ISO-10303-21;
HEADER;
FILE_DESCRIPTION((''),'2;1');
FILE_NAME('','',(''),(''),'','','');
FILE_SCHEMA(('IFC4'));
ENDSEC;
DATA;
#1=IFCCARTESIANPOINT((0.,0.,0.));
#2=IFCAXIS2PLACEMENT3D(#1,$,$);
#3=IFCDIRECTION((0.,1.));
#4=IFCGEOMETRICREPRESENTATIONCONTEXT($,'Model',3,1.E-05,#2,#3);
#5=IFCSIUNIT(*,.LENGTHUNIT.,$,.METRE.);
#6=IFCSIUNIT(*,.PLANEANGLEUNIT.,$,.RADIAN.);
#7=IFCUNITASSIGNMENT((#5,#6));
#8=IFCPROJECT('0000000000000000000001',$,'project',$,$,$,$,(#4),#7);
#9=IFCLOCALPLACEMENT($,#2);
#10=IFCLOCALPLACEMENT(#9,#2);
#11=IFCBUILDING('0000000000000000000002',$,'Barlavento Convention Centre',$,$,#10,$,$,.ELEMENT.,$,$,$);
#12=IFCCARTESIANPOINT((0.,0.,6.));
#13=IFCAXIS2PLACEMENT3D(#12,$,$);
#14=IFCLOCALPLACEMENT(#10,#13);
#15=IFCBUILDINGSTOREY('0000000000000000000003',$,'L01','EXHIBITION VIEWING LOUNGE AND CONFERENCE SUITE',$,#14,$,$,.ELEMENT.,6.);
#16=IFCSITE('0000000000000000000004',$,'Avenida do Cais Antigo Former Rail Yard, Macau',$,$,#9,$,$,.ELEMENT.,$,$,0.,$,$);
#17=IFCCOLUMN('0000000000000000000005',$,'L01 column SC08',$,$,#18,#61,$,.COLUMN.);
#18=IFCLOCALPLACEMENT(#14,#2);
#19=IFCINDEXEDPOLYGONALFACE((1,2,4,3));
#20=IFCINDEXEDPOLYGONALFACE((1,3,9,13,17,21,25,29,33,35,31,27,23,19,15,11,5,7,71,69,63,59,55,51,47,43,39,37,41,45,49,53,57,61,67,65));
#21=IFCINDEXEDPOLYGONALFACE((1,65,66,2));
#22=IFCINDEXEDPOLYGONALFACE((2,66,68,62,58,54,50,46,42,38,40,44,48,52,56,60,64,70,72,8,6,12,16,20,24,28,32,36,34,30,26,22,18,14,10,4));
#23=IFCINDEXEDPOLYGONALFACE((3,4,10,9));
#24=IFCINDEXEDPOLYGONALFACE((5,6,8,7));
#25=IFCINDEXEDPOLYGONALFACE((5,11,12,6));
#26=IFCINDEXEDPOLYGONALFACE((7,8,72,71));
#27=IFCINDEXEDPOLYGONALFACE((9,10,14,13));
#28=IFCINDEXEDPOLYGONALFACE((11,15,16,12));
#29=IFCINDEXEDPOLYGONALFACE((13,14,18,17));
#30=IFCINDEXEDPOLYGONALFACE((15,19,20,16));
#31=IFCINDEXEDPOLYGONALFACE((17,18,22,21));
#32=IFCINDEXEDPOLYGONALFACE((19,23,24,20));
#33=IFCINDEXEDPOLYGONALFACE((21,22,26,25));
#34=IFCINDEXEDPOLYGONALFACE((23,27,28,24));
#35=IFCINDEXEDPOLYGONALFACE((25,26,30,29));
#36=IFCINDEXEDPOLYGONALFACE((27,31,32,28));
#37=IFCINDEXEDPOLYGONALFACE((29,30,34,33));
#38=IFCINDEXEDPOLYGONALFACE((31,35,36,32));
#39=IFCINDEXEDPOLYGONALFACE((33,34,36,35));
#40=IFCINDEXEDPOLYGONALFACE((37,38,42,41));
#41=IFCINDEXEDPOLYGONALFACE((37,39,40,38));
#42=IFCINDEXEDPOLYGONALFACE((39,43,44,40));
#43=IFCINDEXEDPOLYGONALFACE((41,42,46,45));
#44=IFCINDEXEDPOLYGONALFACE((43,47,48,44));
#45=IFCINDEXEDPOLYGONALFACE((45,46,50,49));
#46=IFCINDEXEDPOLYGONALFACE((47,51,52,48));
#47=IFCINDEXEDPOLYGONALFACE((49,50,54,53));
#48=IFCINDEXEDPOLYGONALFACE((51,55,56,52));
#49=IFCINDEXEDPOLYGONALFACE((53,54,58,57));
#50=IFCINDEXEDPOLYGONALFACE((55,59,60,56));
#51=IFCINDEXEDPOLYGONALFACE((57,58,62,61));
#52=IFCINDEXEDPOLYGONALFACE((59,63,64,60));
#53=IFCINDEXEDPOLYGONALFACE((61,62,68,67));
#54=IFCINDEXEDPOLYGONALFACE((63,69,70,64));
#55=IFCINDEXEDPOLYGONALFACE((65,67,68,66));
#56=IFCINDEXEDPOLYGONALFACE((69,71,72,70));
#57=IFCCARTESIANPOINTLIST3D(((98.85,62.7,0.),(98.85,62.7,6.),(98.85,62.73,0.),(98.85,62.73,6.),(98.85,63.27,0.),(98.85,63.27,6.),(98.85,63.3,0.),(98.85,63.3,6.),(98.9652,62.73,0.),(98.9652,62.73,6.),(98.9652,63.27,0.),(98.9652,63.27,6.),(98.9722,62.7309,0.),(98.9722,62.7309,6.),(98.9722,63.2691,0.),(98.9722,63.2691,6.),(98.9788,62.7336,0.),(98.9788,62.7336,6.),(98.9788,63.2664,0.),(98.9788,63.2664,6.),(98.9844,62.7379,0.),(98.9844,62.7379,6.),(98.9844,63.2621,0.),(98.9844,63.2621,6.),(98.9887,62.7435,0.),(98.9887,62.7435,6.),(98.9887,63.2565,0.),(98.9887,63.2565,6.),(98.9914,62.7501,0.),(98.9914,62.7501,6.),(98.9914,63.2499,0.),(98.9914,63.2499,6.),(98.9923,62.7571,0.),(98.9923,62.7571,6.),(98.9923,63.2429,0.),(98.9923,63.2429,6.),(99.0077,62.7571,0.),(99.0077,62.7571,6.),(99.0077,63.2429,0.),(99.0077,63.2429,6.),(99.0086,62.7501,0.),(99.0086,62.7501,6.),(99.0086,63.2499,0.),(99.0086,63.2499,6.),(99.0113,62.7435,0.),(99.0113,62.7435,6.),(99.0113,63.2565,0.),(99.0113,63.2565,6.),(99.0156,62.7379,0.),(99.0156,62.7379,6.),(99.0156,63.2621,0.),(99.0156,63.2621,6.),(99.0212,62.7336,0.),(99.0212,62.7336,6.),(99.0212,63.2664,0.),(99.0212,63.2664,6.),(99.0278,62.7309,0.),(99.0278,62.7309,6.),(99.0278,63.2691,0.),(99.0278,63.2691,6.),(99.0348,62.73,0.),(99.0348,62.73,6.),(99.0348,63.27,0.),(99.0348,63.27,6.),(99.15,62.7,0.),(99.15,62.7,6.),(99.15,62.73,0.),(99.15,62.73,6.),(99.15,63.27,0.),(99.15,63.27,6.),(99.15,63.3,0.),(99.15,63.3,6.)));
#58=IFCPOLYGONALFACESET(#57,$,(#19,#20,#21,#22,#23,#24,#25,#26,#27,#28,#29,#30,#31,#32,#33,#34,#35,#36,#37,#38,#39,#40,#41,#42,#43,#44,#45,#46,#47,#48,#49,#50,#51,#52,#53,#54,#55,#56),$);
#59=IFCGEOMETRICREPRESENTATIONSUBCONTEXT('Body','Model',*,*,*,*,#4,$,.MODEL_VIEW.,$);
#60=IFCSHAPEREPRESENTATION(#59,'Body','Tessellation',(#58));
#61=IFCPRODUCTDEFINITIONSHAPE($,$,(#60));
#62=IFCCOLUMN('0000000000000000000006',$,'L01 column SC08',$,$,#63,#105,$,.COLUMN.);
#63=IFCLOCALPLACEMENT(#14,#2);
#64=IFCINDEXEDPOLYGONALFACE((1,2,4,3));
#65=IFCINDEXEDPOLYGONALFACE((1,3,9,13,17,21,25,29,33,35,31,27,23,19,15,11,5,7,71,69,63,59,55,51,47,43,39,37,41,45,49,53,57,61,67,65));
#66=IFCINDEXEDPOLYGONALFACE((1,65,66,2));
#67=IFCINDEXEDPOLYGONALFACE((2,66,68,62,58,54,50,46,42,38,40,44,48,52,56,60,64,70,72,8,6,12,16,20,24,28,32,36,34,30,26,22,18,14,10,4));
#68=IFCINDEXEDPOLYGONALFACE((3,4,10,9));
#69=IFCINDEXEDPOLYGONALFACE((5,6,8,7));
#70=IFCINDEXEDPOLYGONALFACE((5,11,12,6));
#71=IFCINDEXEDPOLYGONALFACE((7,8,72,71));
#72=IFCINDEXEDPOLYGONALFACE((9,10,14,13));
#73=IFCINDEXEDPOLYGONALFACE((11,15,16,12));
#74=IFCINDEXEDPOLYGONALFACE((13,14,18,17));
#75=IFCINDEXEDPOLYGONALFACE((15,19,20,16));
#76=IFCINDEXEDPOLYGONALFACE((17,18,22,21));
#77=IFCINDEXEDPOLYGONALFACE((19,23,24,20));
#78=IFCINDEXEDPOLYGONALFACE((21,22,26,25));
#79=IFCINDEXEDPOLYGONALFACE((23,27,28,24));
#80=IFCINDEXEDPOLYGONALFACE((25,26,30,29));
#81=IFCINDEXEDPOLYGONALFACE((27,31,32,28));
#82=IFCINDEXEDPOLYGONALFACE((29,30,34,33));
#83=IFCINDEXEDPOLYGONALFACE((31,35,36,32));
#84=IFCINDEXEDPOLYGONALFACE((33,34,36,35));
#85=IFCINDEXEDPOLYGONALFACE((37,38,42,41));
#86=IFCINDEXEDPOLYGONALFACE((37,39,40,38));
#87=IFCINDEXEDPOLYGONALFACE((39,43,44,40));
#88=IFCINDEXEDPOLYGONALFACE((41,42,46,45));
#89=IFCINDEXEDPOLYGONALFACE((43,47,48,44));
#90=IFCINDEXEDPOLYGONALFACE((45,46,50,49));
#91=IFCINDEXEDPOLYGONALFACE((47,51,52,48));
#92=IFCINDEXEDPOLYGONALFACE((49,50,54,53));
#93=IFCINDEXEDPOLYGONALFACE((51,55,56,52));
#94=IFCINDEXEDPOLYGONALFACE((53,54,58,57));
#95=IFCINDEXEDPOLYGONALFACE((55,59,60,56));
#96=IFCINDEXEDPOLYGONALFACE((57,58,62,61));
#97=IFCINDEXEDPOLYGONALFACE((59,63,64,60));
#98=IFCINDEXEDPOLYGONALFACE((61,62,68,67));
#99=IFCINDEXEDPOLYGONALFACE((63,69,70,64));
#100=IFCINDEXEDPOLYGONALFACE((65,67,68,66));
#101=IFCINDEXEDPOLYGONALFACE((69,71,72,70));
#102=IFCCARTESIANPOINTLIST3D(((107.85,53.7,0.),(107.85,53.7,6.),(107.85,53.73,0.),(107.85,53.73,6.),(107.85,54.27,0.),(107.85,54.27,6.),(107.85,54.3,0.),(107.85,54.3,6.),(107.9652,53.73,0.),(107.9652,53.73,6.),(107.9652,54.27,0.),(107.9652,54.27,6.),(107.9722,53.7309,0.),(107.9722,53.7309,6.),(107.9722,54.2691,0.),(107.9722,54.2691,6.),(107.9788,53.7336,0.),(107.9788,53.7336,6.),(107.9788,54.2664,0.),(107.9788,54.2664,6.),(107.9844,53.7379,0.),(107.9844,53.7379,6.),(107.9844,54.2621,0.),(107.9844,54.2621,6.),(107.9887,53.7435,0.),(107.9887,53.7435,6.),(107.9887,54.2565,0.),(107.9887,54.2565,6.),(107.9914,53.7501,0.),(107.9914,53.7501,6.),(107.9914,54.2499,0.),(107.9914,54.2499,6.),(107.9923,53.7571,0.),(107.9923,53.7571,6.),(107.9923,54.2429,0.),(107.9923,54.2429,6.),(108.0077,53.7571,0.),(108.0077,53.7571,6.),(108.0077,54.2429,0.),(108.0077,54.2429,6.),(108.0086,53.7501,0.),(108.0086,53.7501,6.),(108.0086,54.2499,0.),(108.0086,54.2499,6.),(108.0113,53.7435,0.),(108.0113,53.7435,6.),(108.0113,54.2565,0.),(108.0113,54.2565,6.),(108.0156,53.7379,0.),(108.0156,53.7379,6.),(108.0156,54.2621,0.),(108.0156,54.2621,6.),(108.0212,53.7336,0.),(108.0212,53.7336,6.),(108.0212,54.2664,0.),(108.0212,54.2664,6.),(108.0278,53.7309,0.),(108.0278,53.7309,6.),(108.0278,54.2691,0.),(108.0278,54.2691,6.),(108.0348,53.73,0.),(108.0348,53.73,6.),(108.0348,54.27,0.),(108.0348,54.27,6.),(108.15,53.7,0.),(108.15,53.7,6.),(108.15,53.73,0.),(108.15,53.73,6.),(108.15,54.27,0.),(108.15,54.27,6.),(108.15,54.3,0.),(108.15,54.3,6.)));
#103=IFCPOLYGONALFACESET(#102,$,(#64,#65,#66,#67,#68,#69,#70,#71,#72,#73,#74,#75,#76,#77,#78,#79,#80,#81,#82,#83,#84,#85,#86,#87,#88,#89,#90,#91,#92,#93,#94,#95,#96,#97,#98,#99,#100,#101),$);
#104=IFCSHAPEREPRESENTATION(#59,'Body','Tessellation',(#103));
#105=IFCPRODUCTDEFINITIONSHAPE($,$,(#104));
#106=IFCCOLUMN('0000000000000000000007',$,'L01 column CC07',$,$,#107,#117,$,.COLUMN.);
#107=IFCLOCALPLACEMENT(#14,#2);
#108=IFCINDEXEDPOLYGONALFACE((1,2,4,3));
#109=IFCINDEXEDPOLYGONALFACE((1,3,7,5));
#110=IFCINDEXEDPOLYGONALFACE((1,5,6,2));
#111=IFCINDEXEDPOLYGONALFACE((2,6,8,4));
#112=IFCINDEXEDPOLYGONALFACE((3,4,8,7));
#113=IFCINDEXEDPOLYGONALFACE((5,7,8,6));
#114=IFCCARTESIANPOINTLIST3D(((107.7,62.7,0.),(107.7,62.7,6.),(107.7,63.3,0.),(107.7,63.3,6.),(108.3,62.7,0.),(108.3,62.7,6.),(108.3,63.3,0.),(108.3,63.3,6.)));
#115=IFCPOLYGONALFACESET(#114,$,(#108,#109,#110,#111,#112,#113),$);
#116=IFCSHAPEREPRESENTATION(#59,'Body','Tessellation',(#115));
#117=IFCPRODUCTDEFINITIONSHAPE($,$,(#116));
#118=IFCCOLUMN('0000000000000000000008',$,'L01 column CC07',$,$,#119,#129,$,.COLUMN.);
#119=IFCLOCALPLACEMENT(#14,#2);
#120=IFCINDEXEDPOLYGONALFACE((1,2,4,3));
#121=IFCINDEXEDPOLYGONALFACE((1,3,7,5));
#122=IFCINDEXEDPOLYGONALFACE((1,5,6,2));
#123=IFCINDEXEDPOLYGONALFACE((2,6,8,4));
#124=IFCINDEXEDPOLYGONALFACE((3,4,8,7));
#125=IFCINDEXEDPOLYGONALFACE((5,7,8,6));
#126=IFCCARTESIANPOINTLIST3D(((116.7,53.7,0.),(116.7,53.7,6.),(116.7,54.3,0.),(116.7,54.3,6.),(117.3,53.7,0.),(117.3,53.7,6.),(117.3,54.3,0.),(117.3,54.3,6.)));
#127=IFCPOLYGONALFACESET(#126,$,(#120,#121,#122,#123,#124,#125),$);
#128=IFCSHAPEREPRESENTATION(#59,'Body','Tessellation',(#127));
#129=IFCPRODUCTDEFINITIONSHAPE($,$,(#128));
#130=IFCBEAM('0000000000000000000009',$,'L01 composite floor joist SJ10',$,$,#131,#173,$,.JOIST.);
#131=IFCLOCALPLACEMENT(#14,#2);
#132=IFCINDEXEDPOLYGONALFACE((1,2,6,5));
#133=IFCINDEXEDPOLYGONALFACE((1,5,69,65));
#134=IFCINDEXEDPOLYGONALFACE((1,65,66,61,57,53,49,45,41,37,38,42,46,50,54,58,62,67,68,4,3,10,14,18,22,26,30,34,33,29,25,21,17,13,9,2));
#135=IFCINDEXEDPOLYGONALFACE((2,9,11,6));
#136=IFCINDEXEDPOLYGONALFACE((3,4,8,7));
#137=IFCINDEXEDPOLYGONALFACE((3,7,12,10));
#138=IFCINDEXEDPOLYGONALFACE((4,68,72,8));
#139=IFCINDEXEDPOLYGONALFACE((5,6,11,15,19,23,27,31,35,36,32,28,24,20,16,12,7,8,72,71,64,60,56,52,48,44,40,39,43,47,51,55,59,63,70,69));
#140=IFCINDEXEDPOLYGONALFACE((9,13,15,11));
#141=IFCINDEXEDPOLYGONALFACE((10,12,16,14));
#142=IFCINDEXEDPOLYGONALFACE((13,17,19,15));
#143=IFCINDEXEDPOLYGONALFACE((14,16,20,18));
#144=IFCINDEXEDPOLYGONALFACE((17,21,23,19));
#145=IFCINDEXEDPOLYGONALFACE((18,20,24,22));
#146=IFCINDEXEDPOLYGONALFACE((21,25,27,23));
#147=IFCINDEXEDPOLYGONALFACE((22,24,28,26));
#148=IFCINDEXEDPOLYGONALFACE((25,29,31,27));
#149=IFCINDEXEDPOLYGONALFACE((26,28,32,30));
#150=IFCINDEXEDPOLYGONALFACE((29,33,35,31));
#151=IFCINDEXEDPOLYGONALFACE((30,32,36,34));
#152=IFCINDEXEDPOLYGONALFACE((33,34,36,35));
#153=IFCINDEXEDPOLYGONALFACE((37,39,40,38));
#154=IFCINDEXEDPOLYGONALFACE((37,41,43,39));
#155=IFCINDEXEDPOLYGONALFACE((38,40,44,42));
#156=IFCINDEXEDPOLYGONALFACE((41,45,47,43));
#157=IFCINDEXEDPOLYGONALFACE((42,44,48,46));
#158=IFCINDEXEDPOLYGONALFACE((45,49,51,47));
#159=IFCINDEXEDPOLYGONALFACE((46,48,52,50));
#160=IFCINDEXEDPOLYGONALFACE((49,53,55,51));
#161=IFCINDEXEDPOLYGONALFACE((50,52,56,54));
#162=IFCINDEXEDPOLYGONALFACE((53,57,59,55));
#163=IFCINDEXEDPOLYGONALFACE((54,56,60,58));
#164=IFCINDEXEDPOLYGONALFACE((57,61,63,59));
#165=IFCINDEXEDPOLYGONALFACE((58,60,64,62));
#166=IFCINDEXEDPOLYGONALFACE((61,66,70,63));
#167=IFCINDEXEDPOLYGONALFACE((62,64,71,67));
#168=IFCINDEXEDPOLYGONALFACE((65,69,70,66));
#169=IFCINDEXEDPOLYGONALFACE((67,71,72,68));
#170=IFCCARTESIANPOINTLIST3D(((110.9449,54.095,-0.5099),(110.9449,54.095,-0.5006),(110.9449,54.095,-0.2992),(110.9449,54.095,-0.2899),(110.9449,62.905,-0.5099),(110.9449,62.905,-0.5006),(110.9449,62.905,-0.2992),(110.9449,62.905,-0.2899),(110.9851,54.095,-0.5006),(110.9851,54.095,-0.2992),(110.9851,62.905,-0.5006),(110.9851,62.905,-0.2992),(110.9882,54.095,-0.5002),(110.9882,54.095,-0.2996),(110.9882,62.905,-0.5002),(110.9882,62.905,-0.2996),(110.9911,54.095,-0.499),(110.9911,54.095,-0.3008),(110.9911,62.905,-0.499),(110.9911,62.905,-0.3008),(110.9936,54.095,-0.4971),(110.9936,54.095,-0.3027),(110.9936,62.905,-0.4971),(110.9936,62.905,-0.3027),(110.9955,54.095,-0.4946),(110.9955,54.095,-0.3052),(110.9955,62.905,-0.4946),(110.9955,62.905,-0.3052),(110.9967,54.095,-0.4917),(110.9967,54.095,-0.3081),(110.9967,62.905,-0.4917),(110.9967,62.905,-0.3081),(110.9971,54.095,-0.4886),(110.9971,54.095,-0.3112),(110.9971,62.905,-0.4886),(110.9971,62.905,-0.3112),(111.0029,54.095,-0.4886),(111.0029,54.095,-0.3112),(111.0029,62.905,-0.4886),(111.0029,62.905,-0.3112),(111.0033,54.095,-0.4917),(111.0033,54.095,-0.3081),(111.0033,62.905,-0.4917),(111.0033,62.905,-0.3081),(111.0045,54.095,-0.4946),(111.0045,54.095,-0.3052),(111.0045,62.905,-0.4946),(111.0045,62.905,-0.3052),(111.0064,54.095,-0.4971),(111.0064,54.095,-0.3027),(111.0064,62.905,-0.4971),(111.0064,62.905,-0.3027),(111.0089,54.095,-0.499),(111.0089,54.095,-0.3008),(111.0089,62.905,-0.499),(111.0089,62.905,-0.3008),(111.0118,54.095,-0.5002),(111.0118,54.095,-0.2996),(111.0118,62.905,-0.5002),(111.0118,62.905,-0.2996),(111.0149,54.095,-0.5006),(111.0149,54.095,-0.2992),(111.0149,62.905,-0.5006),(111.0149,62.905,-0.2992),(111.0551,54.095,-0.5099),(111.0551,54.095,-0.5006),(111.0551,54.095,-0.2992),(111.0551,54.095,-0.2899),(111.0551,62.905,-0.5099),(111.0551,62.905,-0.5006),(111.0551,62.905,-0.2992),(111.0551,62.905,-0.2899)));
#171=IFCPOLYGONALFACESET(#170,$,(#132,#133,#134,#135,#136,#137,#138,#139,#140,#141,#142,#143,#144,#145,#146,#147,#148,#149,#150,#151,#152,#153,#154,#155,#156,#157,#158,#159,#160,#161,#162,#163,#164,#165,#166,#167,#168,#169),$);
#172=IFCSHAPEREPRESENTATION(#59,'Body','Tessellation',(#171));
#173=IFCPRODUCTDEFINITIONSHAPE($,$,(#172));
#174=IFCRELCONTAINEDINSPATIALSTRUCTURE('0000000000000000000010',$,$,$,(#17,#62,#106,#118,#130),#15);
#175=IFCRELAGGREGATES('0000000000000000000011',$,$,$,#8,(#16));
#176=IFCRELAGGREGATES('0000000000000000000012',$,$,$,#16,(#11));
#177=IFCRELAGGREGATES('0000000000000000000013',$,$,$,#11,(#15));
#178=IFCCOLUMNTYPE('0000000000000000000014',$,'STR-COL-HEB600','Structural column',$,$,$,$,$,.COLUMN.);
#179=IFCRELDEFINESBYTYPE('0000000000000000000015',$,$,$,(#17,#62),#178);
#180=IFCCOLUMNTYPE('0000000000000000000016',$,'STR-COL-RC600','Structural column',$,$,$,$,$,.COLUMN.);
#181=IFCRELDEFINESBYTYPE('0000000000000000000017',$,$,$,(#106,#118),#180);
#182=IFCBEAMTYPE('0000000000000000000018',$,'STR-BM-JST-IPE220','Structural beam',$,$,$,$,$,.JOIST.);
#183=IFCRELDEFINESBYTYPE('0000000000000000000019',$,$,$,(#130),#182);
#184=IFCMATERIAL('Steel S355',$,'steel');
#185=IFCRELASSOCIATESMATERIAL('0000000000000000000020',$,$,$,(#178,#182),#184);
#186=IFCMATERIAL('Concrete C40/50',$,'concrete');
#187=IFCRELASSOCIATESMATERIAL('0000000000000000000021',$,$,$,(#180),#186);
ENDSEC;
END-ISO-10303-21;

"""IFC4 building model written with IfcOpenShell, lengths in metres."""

from ifc_helpers import new_model, si_unit, direction, frame, origin, origin_2d, place, context, subcontext, project, spatial, rectangle, i_section, extrude, material, material_profile, profile_set, type_object, element, save


model = new_model("IFC4")

# Units and contexts
model_context = context("Model", 3, precision=1e-05, world=origin(), true_north=direction((0.0, 1.0)))
body_context = subcontext(model_context, "Body", "Model", "MODEL_VIEW")
ifc_project = project(units=[si_unit("LENGTHUNIT", "METRE"), si_unit("PLANEANGLEUNIT", "RADIAN")], contexts=[model_context])

# Site, building, storey
site_placement = place(None, origin())
site = spatial("IfcSite", under=ifc_project, at=site_placement, Name="Avenida do Cais Antigo Former Rail Yard, Macau", CompositionType="ELEMENT", RefElevation=0.0)
building_placement = place(site_placement, origin())
building = spatial("IfcBuilding", under=site, at=building_placement, Name="Barlavento Convention Centre", CompositionType="ELEMENT")
storey_placement = place(building_placement, frame((0.0, 0.0, 6.0)))
storey = spatial("IfcBuildingStorey", under=building, at=storey_placement, Name="L01", Description="EXHIBITION VIEWING LOUNGE AND CONFERENCE SUITE", CompositionType="ELEMENT", Elevation=6.0)

# Columns
ifc_material_1 = material(Name="Steel S355", Category="steel")
ifc_material_profile_1 = material_profile(ifc_material_1, i_section(OverallWidth=0.3, OverallDepth=0.6001, WebThickness=0.0154, FlangeThickness=0.03, FilletRadius=0.0271, at=origin_2d()), Name="HEB 600")
ifc_profile_set_1 = profile_set([ifc_material_profile_1], Name="Steel S355")
column_type_1 = type_object("IfcColumnType", Name="STR-COL-HEB600", Description="Structural column", PredefinedType="COLUMN", material=ifc_profile_set_1)
for number, where, z_axis, x_axis, name in (
    (1, (99.0, 63.0, 0.0), (0.0, 0.0, 1.0), (1.0, 0.0, 0.0), "L01 column SC08"),
    (2, (108.0, 54.0, 0.0), (0.0, 0.0, 1.0), (1.0, 0.0, 0.0), "L01 column SC08"),
):
    element("IfcColumn", number, at=place(storey_placement, frame(where, z_axis=z_axis, x_axis=x_axis)), inside=storey, type_object=column_type_1, Name=name, PredefinedType="COLUMN", context=body_context, shape_type="SweptSolid", body=[
        extrude(i_section(OverallWidth=0.3, OverallDepth=0.6001, WebThickness=0.0154, FlangeThickness=0.03, FilletRadius=0.0271, at=origin_2d()), origin(), (0.0, 0.0, 1.0), 6.0),
    ])
ifc_material_2 = material(Name="Concrete C40/50", Category="concrete")
ifc_material_profile_2 = material_profile(ifc_material_2, rectangle(XDim=0.6001, YDim=0.6001, at=origin_2d()), Name="RC 600x600")
ifc_profile_set_2 = profile_set([ifc_material_profile_2], Name="Concrete C40/50")
column_type_2 = type_object("IfcColumnType", Name="STR-COL-RC600", Description="Structural column", PredefinedType="COLUMN", material=ifc_profile_set_2)
for number, where, z_axis, x_axis, name in (
    (3, (108.0, 63.0, 0.0), (0.0, 0.0, 1.0), (1.0, 0.0, 0.0), "L01 column CC07"),
    (4, (117.0, 54.0, 0.0), (0.0, 0.0, 1.0), (1.0, 0.0, 0.0), "L01 column CC07"),
):
    element("IfcColumn", number, at=place(storey_placement, frame(where, z_axis=z_axis, x_axis=x_axis)), inside=storey, type_object=column_type_2, Name=name, PredefinedType="COLUMN", context=body_context, shape_type="SweptSolid", body=[
        extrude(rectangle(XDim=0.6001, YDim=0.6001, at=origin_2d()), origin(), (0.0, 0.0, 1.0), 6.0),
    ])

# Beam
ifc_material_profile_3 = material_profile(ifc_material_1, i_section(OverallWidth=0.1101, OverallDepth=0.22, WebThickness=0.0059, FlangeThickness=0.0093, FilletRadius=0.012, at=origin_2d()), Name="IPE 220")
ifc_profile_set_3 = profile_set([ifc_material_profile_3], Name="Steel S355")
beam_type_1 = type_object("IfcBeamType", Name="STR-BM-JST-IPE220", Description="Structural beam", PredefinedType="JOIST", material=ifc_profile_set_3)
beam_1_placement = place(storey_placement, frame((111.0, 54.095, -0.3999), z_axis=(0.0, 1.0, 0.0), x_axis=(-1.0, 0.0, 0.0)))
element("IfcBeam", 5, at=beam_1_placement, inside=storey, type_object=beam_type_1, Name="L01 composite floor joist SJ10", PredefinedType="JOIST", context=body_context, shape_type="SweptSolid", body=[
    extrude(i_section(OverallWidth=0.1101, OverallDepth=0.22, WebThickness=0.0059, FlangeThickness=0.0093, FilletRadius=0.012, at=origin_2d()), origin(), (0.0, 0.0, 1.0), 8.8101),
])

save(model, "model.ifc")
